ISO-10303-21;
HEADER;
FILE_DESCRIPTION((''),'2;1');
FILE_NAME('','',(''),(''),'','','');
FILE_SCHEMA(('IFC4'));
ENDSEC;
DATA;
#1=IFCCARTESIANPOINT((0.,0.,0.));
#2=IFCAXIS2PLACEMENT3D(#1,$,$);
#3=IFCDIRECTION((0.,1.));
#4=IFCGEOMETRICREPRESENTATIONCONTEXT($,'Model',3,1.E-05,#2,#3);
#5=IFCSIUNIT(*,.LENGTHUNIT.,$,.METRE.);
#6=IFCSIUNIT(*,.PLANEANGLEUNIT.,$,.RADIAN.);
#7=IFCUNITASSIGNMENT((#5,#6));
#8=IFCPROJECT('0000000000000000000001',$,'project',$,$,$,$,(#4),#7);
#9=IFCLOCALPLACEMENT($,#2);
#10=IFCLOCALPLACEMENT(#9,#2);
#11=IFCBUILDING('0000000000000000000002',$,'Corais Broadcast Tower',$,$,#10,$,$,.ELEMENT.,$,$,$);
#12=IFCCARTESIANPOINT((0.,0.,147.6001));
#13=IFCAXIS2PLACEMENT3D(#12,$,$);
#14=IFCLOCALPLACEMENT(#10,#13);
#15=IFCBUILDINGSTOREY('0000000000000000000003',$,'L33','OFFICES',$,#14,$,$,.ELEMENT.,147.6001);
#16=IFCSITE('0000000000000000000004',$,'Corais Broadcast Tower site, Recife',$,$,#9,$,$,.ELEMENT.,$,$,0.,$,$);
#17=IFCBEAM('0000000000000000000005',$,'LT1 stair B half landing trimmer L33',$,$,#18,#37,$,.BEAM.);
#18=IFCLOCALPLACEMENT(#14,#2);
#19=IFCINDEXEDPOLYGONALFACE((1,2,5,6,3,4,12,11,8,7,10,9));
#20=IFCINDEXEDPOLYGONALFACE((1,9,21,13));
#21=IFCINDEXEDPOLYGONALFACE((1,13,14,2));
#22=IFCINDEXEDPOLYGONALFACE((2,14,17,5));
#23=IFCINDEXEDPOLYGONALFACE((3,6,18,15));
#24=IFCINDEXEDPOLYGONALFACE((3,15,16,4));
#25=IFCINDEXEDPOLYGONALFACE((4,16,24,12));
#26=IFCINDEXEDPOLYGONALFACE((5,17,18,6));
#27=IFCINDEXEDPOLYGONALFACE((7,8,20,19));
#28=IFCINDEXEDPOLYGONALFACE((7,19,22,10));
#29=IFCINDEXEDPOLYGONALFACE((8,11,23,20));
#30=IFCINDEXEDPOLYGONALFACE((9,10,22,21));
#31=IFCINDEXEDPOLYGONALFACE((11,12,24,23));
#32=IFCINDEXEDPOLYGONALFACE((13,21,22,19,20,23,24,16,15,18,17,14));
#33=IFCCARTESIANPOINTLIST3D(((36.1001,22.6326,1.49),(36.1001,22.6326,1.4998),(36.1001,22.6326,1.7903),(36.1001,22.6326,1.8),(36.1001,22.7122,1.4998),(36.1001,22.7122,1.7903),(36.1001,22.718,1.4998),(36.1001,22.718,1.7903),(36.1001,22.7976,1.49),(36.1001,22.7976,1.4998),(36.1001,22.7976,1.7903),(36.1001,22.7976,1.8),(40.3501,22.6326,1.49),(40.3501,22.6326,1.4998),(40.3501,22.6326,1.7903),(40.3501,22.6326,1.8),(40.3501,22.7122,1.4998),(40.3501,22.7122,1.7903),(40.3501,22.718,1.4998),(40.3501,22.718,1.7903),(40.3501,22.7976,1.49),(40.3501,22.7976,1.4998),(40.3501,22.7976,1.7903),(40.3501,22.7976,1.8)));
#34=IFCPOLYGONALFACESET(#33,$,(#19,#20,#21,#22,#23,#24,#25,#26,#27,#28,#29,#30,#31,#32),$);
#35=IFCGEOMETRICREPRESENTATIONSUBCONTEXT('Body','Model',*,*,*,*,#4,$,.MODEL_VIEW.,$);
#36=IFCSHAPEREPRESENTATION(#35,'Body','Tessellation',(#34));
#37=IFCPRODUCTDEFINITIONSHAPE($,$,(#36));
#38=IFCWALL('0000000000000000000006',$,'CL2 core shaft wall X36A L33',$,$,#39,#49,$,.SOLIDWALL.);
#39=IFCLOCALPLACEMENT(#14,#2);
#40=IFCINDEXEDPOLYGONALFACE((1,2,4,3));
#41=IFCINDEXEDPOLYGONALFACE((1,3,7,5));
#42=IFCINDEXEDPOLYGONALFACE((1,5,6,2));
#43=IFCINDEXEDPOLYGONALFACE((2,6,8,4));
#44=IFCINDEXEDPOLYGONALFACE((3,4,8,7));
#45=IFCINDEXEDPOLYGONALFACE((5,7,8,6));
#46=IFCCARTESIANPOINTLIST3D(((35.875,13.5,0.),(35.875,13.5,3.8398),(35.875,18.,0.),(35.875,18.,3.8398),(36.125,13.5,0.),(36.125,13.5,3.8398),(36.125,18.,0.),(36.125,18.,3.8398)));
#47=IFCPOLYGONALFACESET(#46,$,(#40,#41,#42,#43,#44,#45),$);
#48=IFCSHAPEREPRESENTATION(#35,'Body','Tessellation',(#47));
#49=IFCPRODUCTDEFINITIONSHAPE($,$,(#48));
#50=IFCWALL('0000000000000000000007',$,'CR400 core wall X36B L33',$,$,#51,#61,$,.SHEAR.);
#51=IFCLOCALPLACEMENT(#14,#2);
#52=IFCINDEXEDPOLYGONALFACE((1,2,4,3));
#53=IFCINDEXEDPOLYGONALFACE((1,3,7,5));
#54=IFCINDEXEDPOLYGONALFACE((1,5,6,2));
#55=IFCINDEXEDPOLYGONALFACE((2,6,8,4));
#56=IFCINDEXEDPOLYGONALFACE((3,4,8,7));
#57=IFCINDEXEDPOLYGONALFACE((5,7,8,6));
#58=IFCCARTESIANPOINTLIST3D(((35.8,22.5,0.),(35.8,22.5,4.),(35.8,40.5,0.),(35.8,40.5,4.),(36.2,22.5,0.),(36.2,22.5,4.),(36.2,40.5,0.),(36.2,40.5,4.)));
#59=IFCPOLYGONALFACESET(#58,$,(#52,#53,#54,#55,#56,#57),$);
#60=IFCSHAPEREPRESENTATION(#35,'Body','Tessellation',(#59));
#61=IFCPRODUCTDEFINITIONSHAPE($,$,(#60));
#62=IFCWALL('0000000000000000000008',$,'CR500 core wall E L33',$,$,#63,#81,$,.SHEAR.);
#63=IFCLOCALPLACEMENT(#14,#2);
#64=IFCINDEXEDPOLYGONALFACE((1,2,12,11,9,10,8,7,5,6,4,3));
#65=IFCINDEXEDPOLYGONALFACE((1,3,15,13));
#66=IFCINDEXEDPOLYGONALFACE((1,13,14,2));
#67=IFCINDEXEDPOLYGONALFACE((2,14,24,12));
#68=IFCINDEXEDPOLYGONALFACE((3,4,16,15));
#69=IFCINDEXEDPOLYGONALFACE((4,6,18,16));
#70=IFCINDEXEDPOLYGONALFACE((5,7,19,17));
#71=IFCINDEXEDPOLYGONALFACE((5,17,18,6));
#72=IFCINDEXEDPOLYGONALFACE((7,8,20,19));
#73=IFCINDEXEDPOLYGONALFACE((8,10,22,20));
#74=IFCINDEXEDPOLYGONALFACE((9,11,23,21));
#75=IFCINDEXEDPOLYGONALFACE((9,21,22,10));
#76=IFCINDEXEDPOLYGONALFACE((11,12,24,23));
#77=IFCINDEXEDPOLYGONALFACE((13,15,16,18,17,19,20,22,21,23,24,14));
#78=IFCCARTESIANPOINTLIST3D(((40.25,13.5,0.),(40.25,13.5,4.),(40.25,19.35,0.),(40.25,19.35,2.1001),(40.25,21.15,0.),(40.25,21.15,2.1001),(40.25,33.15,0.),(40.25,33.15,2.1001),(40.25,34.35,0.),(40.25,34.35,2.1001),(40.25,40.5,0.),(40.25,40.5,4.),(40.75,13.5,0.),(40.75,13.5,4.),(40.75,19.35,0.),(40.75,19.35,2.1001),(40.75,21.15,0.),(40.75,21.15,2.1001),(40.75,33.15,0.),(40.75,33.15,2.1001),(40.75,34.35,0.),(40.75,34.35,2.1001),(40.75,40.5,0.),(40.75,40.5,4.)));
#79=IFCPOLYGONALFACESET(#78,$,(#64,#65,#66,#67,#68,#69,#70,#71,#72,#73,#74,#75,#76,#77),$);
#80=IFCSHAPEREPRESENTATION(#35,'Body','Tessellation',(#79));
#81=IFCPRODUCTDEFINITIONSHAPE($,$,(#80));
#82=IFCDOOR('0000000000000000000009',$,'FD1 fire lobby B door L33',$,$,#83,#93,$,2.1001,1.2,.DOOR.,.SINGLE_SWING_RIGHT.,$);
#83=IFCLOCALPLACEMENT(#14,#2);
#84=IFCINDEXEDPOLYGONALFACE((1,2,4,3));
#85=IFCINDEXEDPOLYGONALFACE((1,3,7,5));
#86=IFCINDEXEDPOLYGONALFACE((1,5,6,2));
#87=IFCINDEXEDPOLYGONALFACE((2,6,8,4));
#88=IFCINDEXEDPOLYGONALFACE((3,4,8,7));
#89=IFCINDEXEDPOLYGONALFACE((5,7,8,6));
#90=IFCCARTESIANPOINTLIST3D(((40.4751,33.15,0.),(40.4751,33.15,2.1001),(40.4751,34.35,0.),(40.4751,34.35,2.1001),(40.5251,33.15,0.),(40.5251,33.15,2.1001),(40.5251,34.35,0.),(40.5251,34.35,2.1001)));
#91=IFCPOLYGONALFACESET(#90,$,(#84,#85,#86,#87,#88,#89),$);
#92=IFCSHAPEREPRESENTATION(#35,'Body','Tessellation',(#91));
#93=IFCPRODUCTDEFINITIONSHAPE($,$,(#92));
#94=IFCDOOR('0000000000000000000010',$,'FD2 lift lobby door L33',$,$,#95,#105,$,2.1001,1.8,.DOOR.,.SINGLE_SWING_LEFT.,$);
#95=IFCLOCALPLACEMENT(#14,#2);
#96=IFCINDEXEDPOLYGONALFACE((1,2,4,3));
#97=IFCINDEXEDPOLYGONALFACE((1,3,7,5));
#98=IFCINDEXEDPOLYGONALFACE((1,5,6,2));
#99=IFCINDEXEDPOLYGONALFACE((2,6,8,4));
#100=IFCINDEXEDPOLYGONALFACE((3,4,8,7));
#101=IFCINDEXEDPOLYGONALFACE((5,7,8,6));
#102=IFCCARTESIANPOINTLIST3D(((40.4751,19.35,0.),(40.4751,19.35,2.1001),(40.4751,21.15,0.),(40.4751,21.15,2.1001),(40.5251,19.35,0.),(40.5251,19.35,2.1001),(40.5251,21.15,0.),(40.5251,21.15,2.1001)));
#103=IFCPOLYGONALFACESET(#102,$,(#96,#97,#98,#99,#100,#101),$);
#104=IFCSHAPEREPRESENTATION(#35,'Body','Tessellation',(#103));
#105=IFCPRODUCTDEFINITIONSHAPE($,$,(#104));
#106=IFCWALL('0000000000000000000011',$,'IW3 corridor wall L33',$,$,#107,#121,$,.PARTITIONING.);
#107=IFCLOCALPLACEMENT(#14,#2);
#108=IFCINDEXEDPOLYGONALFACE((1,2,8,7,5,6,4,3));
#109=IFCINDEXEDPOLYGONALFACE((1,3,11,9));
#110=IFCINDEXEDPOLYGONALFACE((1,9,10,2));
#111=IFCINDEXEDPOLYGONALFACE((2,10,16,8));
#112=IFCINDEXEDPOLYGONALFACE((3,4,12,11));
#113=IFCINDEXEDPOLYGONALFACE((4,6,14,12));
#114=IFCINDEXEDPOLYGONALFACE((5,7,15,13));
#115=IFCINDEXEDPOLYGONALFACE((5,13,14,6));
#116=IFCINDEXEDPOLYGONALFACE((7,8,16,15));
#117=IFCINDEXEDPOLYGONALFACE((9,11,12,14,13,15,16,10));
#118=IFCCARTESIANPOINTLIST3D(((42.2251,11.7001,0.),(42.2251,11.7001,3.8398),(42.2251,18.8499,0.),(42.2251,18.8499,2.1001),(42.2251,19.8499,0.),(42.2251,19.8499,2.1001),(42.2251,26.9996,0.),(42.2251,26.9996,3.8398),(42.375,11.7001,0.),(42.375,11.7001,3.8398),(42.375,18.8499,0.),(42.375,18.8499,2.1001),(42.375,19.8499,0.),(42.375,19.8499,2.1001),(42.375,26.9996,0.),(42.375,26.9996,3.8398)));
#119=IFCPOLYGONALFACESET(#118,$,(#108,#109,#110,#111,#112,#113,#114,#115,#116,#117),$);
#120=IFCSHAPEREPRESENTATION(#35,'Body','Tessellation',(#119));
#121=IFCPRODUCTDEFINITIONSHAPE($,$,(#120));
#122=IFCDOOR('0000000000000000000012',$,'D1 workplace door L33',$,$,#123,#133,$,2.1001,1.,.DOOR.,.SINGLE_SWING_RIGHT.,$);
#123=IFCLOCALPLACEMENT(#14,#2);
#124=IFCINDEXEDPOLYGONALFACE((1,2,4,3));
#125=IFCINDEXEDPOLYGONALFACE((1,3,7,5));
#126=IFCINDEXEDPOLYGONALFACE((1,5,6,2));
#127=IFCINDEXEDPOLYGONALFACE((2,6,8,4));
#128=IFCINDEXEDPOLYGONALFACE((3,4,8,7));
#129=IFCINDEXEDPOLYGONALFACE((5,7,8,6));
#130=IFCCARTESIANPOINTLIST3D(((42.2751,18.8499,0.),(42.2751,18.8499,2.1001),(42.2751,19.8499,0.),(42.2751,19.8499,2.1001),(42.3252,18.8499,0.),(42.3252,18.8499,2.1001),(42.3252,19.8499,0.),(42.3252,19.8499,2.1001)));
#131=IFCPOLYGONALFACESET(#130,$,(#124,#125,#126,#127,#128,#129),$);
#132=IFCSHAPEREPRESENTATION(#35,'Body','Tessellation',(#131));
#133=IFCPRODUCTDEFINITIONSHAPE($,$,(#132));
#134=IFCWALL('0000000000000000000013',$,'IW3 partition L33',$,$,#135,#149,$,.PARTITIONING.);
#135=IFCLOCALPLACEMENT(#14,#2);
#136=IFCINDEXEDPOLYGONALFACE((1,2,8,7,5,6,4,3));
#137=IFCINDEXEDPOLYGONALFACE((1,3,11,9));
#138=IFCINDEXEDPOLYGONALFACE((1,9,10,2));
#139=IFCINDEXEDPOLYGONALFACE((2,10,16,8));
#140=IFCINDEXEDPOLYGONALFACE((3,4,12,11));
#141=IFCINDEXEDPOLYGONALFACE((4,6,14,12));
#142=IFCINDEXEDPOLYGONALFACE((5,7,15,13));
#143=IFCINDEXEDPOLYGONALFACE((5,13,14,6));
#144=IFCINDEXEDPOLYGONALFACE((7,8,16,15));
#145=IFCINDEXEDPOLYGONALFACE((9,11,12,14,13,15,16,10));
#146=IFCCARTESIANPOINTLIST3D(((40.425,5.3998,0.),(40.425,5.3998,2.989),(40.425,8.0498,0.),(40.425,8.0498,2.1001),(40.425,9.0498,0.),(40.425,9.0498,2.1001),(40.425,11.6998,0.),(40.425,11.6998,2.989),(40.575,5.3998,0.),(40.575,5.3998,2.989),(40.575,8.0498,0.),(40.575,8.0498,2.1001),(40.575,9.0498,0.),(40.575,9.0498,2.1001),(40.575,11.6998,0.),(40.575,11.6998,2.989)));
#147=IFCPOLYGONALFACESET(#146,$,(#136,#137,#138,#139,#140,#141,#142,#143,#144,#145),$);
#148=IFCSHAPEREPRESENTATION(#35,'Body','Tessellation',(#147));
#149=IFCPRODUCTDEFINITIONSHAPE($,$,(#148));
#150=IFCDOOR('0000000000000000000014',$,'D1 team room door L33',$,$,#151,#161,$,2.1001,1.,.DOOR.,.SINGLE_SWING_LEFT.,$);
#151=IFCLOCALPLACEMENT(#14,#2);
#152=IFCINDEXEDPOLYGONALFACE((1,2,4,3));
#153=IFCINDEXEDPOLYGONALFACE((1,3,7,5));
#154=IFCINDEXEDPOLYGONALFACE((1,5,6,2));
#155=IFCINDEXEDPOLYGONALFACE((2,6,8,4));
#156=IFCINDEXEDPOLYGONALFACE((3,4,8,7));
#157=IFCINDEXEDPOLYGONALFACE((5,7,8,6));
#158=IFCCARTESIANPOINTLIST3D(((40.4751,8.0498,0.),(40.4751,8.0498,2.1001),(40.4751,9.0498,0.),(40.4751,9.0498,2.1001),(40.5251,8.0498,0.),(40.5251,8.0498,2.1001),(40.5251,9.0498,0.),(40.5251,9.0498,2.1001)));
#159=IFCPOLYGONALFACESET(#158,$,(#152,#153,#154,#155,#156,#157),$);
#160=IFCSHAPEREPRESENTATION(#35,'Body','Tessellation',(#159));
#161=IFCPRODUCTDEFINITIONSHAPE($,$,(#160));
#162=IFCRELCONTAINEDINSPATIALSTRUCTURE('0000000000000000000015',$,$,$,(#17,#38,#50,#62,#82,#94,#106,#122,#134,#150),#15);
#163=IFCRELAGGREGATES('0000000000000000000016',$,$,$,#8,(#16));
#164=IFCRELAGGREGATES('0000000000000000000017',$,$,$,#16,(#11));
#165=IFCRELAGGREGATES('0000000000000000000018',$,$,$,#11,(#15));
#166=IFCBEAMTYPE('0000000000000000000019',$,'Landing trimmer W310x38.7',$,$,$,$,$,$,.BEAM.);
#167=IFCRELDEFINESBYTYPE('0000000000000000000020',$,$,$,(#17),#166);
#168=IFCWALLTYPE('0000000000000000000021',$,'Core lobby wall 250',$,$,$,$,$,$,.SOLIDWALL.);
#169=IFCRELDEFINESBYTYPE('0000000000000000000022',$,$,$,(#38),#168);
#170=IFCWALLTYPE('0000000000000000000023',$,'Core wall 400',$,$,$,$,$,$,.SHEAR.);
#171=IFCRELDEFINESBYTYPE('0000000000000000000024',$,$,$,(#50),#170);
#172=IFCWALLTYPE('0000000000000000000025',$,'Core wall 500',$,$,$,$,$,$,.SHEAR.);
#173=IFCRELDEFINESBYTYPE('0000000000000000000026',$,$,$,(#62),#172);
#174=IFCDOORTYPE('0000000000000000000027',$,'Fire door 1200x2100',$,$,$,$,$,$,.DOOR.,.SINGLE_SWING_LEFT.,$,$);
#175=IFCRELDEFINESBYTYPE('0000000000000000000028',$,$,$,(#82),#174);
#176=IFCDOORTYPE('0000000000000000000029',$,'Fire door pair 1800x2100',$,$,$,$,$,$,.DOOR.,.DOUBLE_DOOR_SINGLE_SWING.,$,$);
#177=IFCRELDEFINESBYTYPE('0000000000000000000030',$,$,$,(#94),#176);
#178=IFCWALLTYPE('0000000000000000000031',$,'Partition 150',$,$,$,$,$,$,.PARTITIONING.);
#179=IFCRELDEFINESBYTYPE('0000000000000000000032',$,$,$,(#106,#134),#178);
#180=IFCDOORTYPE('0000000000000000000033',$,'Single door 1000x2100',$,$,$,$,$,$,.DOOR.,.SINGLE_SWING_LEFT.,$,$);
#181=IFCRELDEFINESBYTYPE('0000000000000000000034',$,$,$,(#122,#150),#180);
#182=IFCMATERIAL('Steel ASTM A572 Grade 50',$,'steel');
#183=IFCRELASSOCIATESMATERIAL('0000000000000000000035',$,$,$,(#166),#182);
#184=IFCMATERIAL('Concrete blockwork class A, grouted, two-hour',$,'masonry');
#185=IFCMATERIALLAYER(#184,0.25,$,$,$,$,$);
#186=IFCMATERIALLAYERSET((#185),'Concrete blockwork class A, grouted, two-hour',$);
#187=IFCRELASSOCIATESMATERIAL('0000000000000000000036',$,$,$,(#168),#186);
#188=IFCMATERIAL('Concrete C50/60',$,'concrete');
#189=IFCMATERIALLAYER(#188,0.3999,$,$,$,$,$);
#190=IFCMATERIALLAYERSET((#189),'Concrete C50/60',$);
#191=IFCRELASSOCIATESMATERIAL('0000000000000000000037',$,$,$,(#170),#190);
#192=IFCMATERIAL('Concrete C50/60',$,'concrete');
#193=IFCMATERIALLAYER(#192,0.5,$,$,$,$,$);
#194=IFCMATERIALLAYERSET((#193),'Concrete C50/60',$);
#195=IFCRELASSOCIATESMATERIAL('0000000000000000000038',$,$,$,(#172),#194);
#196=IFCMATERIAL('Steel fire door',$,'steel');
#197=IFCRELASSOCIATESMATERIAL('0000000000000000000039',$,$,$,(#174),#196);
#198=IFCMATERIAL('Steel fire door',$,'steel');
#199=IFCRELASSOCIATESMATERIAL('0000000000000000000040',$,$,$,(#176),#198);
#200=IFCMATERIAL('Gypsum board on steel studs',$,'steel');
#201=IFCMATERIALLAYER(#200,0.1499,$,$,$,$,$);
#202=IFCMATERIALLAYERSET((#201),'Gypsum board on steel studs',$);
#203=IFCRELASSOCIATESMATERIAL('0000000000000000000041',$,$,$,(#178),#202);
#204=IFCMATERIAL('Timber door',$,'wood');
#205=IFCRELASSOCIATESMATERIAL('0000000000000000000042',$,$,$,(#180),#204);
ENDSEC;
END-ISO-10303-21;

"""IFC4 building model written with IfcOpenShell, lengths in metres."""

from ifc_helpers import new_model, si_unit, direction, frame, frame_2d, origin, origin_2d, place, context, subcontext, project, spatial, rectangle, i_section, extrude, material, layer, layer_set, material_profile, profile_set, type_object, element, fill, save


model = new_model("IFC4")

# Units and contexts
model_context = context("Model", 3, precision=1e-05, world=origin(), true_north=direction((0.0, 1.0)))
body_context = subcontext(model_context, "Body", "Model", "MODEL_VIEW")
ifc_project = project(units=[si_unit("LENGTHUNIT", "METRE"), si_unit("PLANEANGLEUNIT", "RADIAN")], contexts=[model_context])

# Site, building, storey
site_placement = place(None, origin())
site = spatial("IfcSite", under=ifc_project, at=site_placement, Name="Corais Broadcast Tower site, Recife", CompositionType="ELEMENT", RefElevation=0.0)
building_placement = place(site_placement, origin())
building = spatial("IfcBuilding", under=site, at=building_placement, Name="Corais Broadcast Tower", CompositionType="ELEMENT")
storey_placement = place(building_placement, frame((0.0, 0.0, 147.6001)))
storey = spatial("IfcBuildingStorey", under=building, at=storey_placement, Name="L33", Description="OFFICES", CompositionType="ELEMENT", Elevation=147.6001)

# Beam
ifc_material_1 = material(Name="Steel ASTM A572 Grade 50", Category="steel")
ifc_material_profile = material_profile(ifc_material_1, i_section(OverallWidth=0.165, OverallDepth=0.3101, WebThickness=0.0059, FlangeThickness=0.0098, at=origin_2d()), Name="W310x38.7")
ifc_profile_set = profile_set([ifc_material_profile], Name="Steel ASTM A572 Grade 50")
beam_type = type_object("IfcBeamType", Name="Landing trimmer W310x38.7", PredefinedType="BEAM", material=ifc_profile_set)
beam_placement = place(storey_placement, frame((36.1001, 22.7151, 1.645), z_axis=(1.0, 0.0, 0.0), x_axis=(0.0, 1.0, 0.0)))
element("IfcBeam", 1, at=beam_placement, inside=storey, type_object=beam_type, Name="LT1 stair B half landing trimmer L33", PredefinedType="BEAM", context=body_context, shape_type="SweptSolid", body=[
    extrude(i_section(OverallWidth=0.165, OverallDepth=0.3101, WebThickness=0.0059, FlangeThickness=0.0098, at=origin_2d()), origin(), (0.0, 0.0, 1.0), 4.25),
])

# Walls
ifc_material_2 = material(Name="Concrete blockwork class A, grouted, two-hour", Category="masonry")
ifc_layer_1 = layer(ifc_material_2, 0.25)
ifc_layer_set_1 = layer_set([ifc_layer_1], Name="Concrete blockwork class A, grouted, two-hour")
wall_type_1 = type_object("IfcWallType", Name="Core lobby wall 250", PredefinedType="SOLIDWALL", material=ifc_layer_set_1)
wall_1_placement = place(storey_placement, frame((36.0, 13.5, 0.0), z_axis=(0.0, 0.0, 1.0), x_axis=(0.0, 1.0, 0.0)))
element("IfcWall", 2, at=wall_1_placement, inside=storey, type_object=wall_type_1, Name="CL2 core shaft wall X36A L33", PredefinedType="SOLIDWALL", context=body_context, shape_type="SweptSolid", body=[
    extrude(rectangle(XDim=4.5, YDim=0.25, at=frame_2d((2.25, 0.0))), origin(), (0.0, 0.0, 1.0), 3.8398),
])
ifc_material_3 = material(Name="Concrete C50/60", Category="concrete")
ifc_layer_2 = layer(ifc_material_3, 0.3999)
ifc_layer_set_2 = layer_set([ifc_layer_2], Name="Concrete C50/60")
wall_type_2 = type_object("IfcWallType", Name="Core wall 400", PredefinedType="SHEAR", material=ifc_layer_set_2)
wall_2_placement = place(storey_placement, frame((36.0, 22.5, 0.0), z_axis=(0.0, 0.0, 1.0), x_axis=(0.0, 1.0, 0.0)))
element("IfcWall", 3, at=wall_2_placement, inside=storey, type_object=wall_type_2, Name="CR400 core wall X36B L33", PredefinedType="SHEAR", context=body_context, shape_type="SweptSolid", body=[
    extrude(rectangle(XDim=18.0, YDim=0.3999, at=frame_2d((9.0, 0.0))), origin(), (0.0, 0.0, 1.0), 4.0),
])

# Wall, openings, doors
ifc_material_4 = material(Name="Concrete C50/60", Category="concrete")
ifc_layer_3 = layer(ifc_material_4, 0.5)
ifc_layer_set_3 = layer_set([ifc_layer_3], Name="Concrete C50/60")
wall_type_3 = type_object("IfcWallType", Name="Core wall 500", PredefinedType="SHEAR", material=ifc_layer_set_3)
wall_3_placement = place(storey_placement, frame((40.5, 13.5, 0.0), z_axis=(0.0, 0.0, 1.0), x_axis=(0.0, 1.0, 0.0)))
wall_3 = element("IfcWall", 4, at=wall_3_placement, inside=storey, type_object=wall_type_3, Name="CR500 core wall E L33", PredefinedType="SHEAR", context=body_context, shape_type="SweptSolid", body=[
    extrude(rectangle(XDim=27.0, YDim=0.5, at=frame_2d((13.5, 0.0))), origin(), (0.0, 0.0, 1.0), 4.0),
])
opening_1_placement = place(wall_3_placement, frame((5.8501, 0.0, 0.0)))
opening_1 = element("IfcOpeningElement", 5, at=opening_1_placement, cuts=wall_3, PredefinedType="OPENING", context=body_context, shape_type="SweptSolid", body=[
    extrude(rectangle(XDim=1.8, YDim=2.1001, at=frame_2d((0.8999, 1.05))), frame((0.0, 0.26, 0.0), z_axis=(0.0, -1.0, 0.0), x_axis=(1.0, 0.0, 0.0)), (0.0, 0.0, 1.0), 0.52),
])
opening_2_placement = place(wall_3_placement, frame((19.6499, 0.0, 0.0)))
opening_2 = element("IfcOpeningElement", 6, at=opening_2_placement, cuts=wall_3, PredefinedType="OPENING", context=body_context, shape_type="SweptSolid", body=[
    extrude(rectangle(XDim=1.2, YDim=2.1001, at=frame_2d((0.6001, 1.05))), frame((0.0, 0.26, 0.0), z_axis=(0.0, -1.0, 0.0), x_axis=(1.0, 0.0, 0.0)), (0.0, 0.0, 1.0), 0.52),
])
ifc_material_5 = material(Name="Steel fire door", Category="steel")
door_type_1 = type_object("IfcDoorType", Name="Fire door 1200x2100", OperationType="SINGLE_SWING_LEFT", PredefinedType="DOOR", material=ifc_material_5)
door_1_placement = place(opening_2_placement, origin())
door_1 = element("IfcDoor", 7, at=door_1_placement, inside=storey, type_object=door_type_1, Name="FD1 fire lobby B door L33", OperationType="SINGLE_SWING_RIGHT", OverallHeight=2.1001, OverallWidth=1.2, PredefinedType="DOOR", context=body_context, shape_type="SweptSolid", body=[
    extrude(rectangle(XDim=1.2, YDim=2.1001, at=frame_2d((0.6001, 1.05))), frame((0.0, 0.0249, 0.0), z_axis=(0.0, -1.0, 0.0), x_axis=(1.0, 0.0, 0.0)), (0.0, 0.0, 1.0), 0.05),
])
fill(opening_2, door_1)
ifc_material_6 = material(Name="Steel fire door", Category="steel")
door_type_2 = type_object("IfcDoorType", Name="Fire door pair 1800x2100", OperationType="DOUBLE_DOOR_SINGLE_SWING", PredefinedType="DOOR", material=ifc_material_6)
door_2_placement = place(opening_1_placement, origin())
door_2 = element("IfcDoor", 8, at=door_2_placement, inside=storey, type_object=door_type_2, Name="FD2 lift lobby door L33", OperationType="SINGLE_SWING_LEFT", OverallHeight=2.1001, OverallWidth=1.8, PredefinedType="DOOR", context=body_context, shape_type="SweptSolid", body=[
    extrude(rectangle(XDim=1.8, YDim=2.1001, at=frame_2d((0.8999, 1.05))), frame((0.0, 0.0249, 0.0), z_axis=(0.0, -1.0, 0.0), x_axis=(1.0, 0.0, 0.0)), (0.0, 0.0, 1.0), 0.05),
])
fill(opening_1, door_2)

# Walls, openings, doors
ifc_material_7 = material(Name="Gypsum board on steel studs", Category="steel")
ifc_layer_4 = layer(ifc_material_7, 0.1499)
ifc_layer_set_4 = layer_set([ifc_layer_4], Name="Gypsum board on steel studs")
wall_type_4 = type_object("IfcWallType", Name="Partition 150", PredefinedType="PARTITIONING", material=ifc_layer_set_4)
wall_4_placement = place(storey_placement, frame((42.3, 11.7, 0.0), z_axis=(0.0, 0.0, 1.0), x_axis=(0.0, 1.0, 0.0)))
wall_4 = element("IfcWall", 9, at=wall_4_placement, inside=storey, type_object=wall_type_4, Name="IW3 corridor wall L33", PredefinedType="PARTITIONING", context=body_context, shape_type="SweptSolid", body=[
    extrude(rectangle(XDim=15.2996, YDim=0.1499, at=frame_2d((7.6499, 0.0))), origin(), (0.0, 0.0, 1.0), 3.8398),
])
opening_3_placement = place(wall_4_placement, frame((7.1499, 0.0, 0.0)))
opening_3 = element("IfcOpeningElement", 10, at=opening_3_placement, cuts=wall_4, PredefinedType="OPENING", context=body_context, shape_type="SweptSolid", body=[
    extrude(rectangle(XDim=1.0, YDim=2.1001, at=frame_2d((0.5, 1.05))), frame((0.0, 0.085, 0.0), z_axis=(0.0, -1.0, 0.0), x_axis=(1.0, 0.0, 0.0)), (0.0, 0.0, 1.0), 0.1699),
])
ifc_material_8 = material(Name="Timber door", Category="wood")
door_type_3 = type_object("IfcDoorType", Name="Single door 1000x2100", OperationType="SINGLE_SWING_LEFT", PredefinedType="DOOR", material=ifc_material_8)
door_3_placement = place(opening_3_placement, origin())
door_3 = element("IfcDoor", 11, at=door_3_placement, inside=storey, type_object=door_type_3, Name="D1 workplace door L33", OperationType="SINGLE_SWING_RIGHT", OverallHeight=2.1001, OverallWidth=1.0, PredefinedType="DOOR", context=body_context, shape_type="SweptSolid", body=[
    extrude(rectangle(XDim=1.0, YDim=2.1001, at=frame_2d((0.5, 1.05))), frame((0.0, 0.0249, 0.0), z_axis=(0.0, -1.0, 0.0), x_axis=(1.0, 0.0, 0.0)), (0.0, 0.0, 1.0), 0.05),
])
fill(opening_3, door_3)
wall_5_placement = place(storey_placement, frame((40.5, 5.3999, 0.0), z_axis=(0.0, 0.0, 1.0), x_axis=(0.0, 1.0, 0.0)))
wall_5 = element("IfcWall", 12, at=wall_5_placement, inside=storey, type_object=wall_type_4, Name="IW3 partition L33", PredefinedType="PARTITIONING", context=body_context, shape_type="SweptSolid", body=[
    extrude(rectangle(XDim=6.3, YDim=0.1499, at=frame_2d((3.1499, 0.0))), origin(), (0.0, 0.0, 1.0), 2.989),
])
opening_4_placement = place(wall_5_placement, frame((2.6499, 0.0, 0.0)))
opening_4 = element("IfcOpeningElement", 13, at=opening_4_placement, cuts=wall_5, PredefinedType="OPENING", context=body_context, shape_type="SweptSolid", body=[
    extrude(rectangle(XDim=1.0, YDim=2.1001, at=frame_2d((0.5, 1.05))), frame((0.0, 0.085, 0.0), z_axis=(0.0, -1.0, 0.0), x_axis=(1.0, 0.0, 0.0)), (0.0, 0.0, 1.0), 0.1699),
])
door_4_placement = place(opening_4_placement, origin())
door_4 = element("IfcDoor", 14, at=door_4_placement, inside=storey, type_object=door_type_3, Name="D1 team room door L33", OperationType="SINGLE_SWING_LEFT", OverallHeight=2.1001, OverallWidth=1.0, PredefinedType="DOOR", context=body_context, shape_type="SweptSolid", body=[
    extrude(rectangle(XDim=1.0, YDim=2.1001, at=frame_2d((0.5, 1.05))), frame((0.0, 0.0249, 0.0), z_axis=(0.0, -1.0, 0.0), x_axis=(1.0, 0.0, 0.0)), (0.0, 0.0, 1.0), 0.05),
])
fill(opening_4, door_4)

save(model, "model.ifc")
